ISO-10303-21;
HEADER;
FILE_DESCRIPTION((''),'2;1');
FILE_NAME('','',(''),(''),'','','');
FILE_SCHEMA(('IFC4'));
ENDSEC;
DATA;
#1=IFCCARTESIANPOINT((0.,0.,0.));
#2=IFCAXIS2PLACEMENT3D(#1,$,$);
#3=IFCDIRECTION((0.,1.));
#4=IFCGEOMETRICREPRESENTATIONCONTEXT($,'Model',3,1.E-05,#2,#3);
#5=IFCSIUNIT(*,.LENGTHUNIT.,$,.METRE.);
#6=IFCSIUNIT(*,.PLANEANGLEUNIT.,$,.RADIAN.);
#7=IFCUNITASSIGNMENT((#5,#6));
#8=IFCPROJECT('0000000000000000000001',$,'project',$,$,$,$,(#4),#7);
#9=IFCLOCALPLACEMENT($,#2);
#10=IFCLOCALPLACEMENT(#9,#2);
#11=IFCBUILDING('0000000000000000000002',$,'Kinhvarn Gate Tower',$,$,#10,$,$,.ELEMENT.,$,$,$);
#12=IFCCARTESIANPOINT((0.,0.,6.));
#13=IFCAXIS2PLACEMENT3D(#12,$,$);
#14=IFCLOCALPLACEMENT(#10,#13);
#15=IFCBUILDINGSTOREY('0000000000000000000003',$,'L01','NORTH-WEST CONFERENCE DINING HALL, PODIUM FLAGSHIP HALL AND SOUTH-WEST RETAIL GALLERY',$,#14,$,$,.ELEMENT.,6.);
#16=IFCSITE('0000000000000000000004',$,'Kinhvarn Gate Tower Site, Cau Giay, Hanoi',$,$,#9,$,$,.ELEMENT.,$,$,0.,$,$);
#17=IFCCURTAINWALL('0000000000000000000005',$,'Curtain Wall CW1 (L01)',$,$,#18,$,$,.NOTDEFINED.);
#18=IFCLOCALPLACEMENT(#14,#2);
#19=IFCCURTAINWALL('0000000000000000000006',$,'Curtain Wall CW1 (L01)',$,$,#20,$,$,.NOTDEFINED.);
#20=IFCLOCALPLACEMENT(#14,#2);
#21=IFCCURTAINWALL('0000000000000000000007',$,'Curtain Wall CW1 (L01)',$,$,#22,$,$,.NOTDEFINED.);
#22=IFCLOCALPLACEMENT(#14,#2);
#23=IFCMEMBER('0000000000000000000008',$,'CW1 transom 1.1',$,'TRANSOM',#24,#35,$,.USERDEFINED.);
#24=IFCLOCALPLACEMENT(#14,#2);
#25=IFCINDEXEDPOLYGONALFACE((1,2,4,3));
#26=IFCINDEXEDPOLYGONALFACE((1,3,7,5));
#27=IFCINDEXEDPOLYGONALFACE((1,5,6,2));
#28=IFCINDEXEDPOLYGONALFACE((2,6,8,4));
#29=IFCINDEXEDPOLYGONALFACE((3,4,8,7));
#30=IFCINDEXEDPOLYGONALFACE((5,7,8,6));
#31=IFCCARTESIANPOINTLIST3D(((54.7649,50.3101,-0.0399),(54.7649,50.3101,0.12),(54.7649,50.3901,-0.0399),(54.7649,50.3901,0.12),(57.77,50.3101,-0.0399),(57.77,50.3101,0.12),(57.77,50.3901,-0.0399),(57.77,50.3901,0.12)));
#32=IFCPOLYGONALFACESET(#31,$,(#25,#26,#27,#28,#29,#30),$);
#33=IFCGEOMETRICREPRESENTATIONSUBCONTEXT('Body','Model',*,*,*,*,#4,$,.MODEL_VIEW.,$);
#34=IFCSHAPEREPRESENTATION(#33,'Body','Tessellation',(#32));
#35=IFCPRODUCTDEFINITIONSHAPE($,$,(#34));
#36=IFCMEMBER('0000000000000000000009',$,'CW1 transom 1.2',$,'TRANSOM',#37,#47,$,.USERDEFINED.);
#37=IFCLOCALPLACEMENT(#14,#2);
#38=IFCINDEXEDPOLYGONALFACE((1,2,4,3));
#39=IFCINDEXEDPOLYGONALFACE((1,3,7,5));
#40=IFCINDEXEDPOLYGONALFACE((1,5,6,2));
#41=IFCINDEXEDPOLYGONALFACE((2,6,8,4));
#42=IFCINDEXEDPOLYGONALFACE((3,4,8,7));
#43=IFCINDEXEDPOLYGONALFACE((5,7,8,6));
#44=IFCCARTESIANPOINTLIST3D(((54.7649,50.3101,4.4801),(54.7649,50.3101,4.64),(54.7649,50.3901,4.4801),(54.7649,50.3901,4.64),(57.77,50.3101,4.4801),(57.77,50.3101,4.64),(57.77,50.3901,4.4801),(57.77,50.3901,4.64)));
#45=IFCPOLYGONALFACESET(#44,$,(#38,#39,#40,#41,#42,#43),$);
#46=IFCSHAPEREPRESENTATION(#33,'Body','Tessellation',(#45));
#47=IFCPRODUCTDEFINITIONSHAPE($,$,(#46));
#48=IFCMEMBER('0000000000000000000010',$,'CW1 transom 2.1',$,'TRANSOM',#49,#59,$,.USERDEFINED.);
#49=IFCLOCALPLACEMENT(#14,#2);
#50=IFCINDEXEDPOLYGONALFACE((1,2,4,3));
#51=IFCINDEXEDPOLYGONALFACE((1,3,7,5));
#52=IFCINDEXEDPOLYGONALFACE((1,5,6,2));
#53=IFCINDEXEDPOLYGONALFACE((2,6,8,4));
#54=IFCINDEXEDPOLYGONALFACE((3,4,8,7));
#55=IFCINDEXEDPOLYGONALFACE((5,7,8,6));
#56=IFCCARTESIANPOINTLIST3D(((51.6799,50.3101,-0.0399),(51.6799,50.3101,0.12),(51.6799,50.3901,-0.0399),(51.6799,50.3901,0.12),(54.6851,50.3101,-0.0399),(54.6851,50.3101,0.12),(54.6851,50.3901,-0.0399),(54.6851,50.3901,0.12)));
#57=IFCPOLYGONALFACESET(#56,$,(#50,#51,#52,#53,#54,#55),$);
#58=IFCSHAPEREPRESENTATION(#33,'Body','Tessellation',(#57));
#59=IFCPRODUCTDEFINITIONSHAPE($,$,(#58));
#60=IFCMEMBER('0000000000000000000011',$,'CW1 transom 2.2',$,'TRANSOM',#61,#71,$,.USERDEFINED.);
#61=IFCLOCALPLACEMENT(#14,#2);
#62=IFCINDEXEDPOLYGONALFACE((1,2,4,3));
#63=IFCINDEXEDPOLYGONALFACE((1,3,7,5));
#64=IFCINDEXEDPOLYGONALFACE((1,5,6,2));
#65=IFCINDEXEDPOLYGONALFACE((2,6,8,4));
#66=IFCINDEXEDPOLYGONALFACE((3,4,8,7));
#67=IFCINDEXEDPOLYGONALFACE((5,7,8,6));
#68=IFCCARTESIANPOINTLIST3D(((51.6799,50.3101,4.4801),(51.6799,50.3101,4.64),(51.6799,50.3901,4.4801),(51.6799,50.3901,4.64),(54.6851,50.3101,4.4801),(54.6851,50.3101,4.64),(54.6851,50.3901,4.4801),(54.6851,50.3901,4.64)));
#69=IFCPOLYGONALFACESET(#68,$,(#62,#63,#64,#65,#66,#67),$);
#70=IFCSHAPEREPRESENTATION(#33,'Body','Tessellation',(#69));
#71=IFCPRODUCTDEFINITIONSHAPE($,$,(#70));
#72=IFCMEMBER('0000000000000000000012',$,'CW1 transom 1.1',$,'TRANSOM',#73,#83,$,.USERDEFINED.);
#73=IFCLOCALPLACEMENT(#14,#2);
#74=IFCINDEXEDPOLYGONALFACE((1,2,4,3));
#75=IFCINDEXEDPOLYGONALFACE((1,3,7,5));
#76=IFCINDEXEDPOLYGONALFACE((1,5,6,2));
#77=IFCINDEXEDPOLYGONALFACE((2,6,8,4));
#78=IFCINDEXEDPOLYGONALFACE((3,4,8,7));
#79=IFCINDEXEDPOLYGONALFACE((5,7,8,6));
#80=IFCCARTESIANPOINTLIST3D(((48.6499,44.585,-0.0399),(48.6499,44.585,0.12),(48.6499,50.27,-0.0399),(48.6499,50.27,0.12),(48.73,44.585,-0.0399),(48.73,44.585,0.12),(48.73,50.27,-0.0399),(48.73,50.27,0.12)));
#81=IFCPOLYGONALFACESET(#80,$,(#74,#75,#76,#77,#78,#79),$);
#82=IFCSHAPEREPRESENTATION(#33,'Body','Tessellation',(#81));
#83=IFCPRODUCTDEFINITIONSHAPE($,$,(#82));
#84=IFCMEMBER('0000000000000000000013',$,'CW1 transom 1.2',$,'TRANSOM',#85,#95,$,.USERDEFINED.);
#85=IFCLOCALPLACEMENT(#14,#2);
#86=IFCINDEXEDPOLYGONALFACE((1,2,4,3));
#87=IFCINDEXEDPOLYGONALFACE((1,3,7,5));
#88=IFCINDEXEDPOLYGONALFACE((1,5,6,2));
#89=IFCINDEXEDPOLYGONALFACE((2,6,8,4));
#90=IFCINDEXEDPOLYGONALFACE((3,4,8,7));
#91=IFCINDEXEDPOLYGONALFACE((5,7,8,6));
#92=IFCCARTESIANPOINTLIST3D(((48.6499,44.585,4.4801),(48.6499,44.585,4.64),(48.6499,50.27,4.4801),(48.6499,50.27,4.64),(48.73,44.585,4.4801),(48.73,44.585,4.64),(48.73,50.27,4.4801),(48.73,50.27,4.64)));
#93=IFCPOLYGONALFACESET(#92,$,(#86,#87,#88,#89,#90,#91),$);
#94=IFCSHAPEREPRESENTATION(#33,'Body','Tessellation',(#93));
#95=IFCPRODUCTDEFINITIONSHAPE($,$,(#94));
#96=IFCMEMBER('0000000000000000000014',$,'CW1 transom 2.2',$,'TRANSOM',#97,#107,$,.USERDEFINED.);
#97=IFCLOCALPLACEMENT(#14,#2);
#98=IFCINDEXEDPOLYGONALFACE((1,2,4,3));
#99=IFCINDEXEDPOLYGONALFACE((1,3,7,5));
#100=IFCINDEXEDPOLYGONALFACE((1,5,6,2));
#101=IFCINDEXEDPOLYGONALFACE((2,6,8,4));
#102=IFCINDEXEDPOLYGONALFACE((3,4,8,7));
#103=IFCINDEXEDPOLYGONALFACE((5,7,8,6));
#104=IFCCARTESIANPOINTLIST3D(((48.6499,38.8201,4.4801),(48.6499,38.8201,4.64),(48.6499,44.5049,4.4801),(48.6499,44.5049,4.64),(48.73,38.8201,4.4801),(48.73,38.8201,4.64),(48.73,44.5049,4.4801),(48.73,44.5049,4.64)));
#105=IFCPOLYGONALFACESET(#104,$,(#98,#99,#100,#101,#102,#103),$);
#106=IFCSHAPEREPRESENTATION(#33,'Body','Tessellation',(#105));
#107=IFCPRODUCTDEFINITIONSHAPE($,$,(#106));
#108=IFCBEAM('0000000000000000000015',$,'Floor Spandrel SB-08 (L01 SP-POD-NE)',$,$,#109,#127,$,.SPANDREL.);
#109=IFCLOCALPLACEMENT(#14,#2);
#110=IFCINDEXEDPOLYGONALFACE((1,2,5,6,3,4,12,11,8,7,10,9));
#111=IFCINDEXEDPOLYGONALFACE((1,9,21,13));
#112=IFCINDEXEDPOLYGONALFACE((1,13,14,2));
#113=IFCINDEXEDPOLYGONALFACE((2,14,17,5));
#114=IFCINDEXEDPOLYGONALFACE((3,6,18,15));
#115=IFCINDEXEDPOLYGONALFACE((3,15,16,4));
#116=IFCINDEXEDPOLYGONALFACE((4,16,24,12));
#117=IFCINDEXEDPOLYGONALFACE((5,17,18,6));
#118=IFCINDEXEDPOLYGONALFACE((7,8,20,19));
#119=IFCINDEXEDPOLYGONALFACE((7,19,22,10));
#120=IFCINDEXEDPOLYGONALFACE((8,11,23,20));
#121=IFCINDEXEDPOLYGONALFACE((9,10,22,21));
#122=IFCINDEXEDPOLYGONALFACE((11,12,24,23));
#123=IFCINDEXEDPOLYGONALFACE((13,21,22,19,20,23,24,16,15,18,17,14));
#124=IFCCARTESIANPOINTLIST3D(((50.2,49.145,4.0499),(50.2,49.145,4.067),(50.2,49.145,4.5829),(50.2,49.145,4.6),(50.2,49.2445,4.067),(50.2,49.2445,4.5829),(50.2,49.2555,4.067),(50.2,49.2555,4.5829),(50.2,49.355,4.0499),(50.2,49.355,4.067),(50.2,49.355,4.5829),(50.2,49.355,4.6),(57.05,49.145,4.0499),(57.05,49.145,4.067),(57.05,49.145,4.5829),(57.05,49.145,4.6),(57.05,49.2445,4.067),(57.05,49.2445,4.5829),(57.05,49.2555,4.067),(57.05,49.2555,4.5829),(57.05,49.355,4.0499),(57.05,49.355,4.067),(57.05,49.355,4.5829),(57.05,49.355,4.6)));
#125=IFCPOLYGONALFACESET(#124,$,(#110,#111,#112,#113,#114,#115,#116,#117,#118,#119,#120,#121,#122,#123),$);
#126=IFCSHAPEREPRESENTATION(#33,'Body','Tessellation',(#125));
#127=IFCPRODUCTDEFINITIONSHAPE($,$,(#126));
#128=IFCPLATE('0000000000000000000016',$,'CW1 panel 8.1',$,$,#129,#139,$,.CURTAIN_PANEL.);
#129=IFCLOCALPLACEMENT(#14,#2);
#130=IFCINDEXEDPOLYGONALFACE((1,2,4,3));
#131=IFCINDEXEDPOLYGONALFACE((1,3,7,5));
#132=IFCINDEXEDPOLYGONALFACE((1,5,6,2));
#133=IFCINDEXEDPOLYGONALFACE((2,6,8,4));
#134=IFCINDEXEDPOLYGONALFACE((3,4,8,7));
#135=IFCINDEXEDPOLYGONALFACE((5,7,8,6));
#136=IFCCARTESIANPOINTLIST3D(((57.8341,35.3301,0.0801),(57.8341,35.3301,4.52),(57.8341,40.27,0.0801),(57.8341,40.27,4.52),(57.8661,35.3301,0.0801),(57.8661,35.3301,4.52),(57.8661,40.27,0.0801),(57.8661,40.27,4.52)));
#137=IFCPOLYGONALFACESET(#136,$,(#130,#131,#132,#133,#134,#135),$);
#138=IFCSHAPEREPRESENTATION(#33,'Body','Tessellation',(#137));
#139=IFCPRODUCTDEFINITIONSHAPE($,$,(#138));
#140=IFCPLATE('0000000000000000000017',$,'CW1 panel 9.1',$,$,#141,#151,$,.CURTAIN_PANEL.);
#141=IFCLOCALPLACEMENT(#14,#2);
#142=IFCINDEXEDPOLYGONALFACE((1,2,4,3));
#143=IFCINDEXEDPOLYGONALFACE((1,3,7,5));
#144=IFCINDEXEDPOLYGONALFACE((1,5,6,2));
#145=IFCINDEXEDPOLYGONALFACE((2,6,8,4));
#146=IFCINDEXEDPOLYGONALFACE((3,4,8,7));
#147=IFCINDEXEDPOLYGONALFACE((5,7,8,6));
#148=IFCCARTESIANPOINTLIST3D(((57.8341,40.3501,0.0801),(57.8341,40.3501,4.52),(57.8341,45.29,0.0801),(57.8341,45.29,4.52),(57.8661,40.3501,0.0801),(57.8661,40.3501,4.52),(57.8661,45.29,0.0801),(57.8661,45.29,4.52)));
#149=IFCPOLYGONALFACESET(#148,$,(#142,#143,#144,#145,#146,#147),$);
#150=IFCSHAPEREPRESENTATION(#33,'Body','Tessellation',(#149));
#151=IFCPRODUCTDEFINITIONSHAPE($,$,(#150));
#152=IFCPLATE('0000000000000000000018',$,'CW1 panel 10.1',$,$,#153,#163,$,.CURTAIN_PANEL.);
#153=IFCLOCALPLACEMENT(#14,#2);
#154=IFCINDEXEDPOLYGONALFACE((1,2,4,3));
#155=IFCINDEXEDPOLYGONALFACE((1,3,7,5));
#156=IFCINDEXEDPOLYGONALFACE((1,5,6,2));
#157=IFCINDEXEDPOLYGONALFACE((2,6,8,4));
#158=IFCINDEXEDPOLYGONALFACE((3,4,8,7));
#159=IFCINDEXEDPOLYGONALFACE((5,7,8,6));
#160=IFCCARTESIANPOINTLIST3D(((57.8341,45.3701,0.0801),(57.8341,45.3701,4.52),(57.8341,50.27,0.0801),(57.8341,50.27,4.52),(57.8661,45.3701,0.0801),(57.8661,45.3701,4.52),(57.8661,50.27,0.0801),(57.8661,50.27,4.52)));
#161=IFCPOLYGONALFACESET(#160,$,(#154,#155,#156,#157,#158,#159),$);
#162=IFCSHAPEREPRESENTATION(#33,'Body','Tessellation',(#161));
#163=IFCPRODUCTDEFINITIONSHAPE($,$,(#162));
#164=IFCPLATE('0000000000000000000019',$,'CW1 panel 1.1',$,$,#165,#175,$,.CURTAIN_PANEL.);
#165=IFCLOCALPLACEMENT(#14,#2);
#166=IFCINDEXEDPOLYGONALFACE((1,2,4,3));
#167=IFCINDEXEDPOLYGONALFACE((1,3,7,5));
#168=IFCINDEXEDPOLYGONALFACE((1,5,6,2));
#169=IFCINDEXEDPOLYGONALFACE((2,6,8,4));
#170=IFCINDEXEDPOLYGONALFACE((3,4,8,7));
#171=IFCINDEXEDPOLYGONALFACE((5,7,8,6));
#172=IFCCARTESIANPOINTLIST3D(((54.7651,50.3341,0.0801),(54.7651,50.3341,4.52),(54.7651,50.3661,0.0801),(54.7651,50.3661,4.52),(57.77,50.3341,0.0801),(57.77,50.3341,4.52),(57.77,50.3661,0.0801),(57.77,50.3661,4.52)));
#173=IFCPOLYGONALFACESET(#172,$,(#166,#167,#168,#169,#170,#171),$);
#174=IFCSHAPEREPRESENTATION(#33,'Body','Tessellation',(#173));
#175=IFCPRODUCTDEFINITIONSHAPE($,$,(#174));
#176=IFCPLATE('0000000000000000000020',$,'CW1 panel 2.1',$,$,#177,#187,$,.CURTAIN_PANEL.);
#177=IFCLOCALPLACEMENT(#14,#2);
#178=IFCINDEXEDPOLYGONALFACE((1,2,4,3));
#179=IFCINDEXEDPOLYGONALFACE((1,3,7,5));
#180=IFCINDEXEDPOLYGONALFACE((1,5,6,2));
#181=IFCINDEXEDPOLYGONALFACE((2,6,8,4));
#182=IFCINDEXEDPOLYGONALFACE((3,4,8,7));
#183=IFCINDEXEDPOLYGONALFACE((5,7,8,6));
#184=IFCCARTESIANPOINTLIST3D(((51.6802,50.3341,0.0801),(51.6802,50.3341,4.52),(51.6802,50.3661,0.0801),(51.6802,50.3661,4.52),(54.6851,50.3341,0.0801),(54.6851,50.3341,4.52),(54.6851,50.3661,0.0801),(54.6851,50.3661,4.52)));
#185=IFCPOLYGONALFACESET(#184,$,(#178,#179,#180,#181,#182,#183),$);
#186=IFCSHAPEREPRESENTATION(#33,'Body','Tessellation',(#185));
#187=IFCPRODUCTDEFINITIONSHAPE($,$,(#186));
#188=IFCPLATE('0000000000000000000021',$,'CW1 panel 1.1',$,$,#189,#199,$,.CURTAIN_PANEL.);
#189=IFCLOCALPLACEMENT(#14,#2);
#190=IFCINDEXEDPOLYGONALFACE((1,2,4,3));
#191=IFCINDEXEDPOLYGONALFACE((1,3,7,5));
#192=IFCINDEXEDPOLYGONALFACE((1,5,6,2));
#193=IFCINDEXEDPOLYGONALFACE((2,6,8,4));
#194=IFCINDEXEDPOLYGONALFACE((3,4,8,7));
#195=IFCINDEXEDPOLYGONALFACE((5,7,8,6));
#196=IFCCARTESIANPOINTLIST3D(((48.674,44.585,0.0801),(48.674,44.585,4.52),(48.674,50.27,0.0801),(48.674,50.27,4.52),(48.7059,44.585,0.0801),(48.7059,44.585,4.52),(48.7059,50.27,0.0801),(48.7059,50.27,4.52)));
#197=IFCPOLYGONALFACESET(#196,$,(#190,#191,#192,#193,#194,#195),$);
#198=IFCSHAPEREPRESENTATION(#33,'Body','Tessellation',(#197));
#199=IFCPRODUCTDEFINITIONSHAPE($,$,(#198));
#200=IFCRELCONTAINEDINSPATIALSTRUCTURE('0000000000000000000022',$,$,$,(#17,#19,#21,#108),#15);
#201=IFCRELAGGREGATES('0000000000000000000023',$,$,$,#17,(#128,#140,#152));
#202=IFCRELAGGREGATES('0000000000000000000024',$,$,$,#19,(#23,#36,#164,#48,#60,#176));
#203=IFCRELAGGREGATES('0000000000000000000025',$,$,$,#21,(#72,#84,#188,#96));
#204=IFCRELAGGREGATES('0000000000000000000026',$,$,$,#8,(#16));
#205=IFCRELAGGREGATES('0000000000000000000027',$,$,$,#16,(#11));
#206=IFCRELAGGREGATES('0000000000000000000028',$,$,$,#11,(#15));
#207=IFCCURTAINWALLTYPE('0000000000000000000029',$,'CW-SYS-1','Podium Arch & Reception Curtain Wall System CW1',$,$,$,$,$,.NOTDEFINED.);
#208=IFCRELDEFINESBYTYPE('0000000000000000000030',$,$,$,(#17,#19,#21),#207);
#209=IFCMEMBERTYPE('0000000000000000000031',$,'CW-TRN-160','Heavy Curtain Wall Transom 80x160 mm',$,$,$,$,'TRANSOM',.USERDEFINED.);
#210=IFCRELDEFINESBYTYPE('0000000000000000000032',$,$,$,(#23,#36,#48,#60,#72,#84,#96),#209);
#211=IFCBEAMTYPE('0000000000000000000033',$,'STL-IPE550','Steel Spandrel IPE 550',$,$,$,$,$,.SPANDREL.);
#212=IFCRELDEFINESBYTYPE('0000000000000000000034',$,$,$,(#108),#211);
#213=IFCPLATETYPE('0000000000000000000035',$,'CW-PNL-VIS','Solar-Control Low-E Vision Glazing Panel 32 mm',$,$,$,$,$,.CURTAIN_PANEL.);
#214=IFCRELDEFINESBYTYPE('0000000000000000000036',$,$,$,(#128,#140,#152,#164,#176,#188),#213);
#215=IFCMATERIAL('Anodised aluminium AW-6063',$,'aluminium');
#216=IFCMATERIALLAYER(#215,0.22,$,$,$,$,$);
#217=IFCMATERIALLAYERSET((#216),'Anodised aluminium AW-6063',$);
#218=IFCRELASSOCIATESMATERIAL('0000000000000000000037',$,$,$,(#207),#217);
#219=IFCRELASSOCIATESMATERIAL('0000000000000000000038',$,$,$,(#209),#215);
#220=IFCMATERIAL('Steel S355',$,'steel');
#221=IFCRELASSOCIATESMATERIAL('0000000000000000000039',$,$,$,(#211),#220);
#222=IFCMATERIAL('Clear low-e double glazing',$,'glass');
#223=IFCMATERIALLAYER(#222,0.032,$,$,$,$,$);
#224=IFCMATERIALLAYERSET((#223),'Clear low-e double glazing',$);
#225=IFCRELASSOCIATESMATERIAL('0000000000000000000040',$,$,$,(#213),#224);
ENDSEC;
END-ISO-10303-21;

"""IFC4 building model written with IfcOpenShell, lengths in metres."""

from ifc_helpers import new_model, si_unit, direction, frame, origin, origin_2d, place, context, subcontext, project, spatial, rectangle, i_section, extrude, material, layer, layer_set, material_profile, profile_set, type_object, element, aggregate, save


model = new_model("IFC4")

# Units and contexts
model_context = context("Model", 3, precision=1e-05, world=origin(), true_north=direction((0.0, 1.0)))
body_context = subcontext(model_context, "Body", "Model", "MODEL_VIEW")
ifc_project = project(units=[si_unit("LENGTHUNIT", "METRE"), si_unit("PLANEANGLEUNIT", "RADIAN")], contexts=[model_context])

# Site, building, storey
site_placement = place(None, origin())
site = spatial("IfcSite", under=ifc_project, at=site_placement, Name="Kinhvarn Gate Tower Site, Cau Giay, Hanoi", CompositionType="ELEMENT", RefElevation=0.0)
building_placement = place(site_placement, origin())
building = spatial("IfcBuilding", under=site, at=building_placement, Name="Kinhvarn Gate Tower", CompositionType="ELEMENT")
storey_placement = place(building_placement, frame((0.0, 0.0, 6.0)))
storey = spatial("IfcBuildingStorey", under=building, at=storey_placement, Name="L01", Description="NORTH-WEST CONFERENCE DINING HALL, PODIUM FLAGSHIP HALL AND SOUTH-WEST RETAIL GALLERY", CompositionType="ELEMENT", Elevation=6.0)

# Curtain walls
ifc_material_1 = material(Name="Anodised aluminium AW-6063", Category="aluminium")
ifc_layer_1 = layer(ifc_material_1, 0.22)
ifc_layer_set_1 = layer_set([ifc_layer_1], Name="Anodised aluminium AW-6063")
curtain_wall_type = type_object("IfcCurtainWallType", Name="CW-SYS-1", Description="Podium Arch & Reception Curtain Wall System CW1", PredefinedType="NOTDEFINED", material=ifc_layer_set_1)
curtain_wall_1_placement = place(storey_placement, origin())
curtain_wall_1 = element("IfcCurtainWall", 1, at=curtain_wall_1_placement, inside=storey, type_object=curtain_wall_type, Name="Curtain Wall CW1 (L01)", PredefinedType="NOTDEFINED")
curtain_wall_2_placement = place(storey_placement, origin())
curtain_wall_2 = element("IfcCurtainWall", 2, at=curtain_wall_2_placement, inside=storey, type_object=curtain_wall_type, Name="Curtain Wall CW1 (L01)", PredefinedType="NOTDEFINED")
curtain_wall_3_placement = place(storey_placement, origin())
curtain_wall_3 = element("IfcCurtainWall", 3, at=curtain_wall_3_placement, inside=storey, type_object=curtain_wall_type, Name="Curtain Wall CW1 (L01)", PredefinedType="NOTDEFINED")

# Members
ifc_material_profile_1 = material_profile(ifc_material_1, rectangle(XDim=0.0801, YDim=0.1599, at=origin_2d()), Name="ALU 80x160")
ifc_profile_set_1 = profile_set([ifc_material_profile_1], Name="Anodised aluminium AW-6063")
member_type_1 = type_object("IfcMemberType", Name="CW-TRN-160", Description="Heavy Curtain Wall Transom 80x160 mm", ElementType="TRANSOM", PredefinedType="USERDEFINED", material=ifc_profile_set_1)
member_1_placement = place(storey_placement, frame((57.77, 50.3501, 0.04), z_axis=(-1.0, 0.0, 0.0), x_axis=(0.0, -1.0, 0.0)))
member_1 = element("IfcMember", 4, at=member_1_placement, type_object=member_type_1, Name="CW1 transom 1.1", ObjectType="TRANSOM", PredefinedType="USERDEFINED", context=body_context, shape_type="SweptSolid", body=[
    extrude(rectangle(XDim=0.0801, YDim=0.1599, at=origin_2d()), origin(), (0.0, 0.0, 1.0), 3.0051),
])
member_2_placement = place(storey_placement, frame((57.77, 50.3501, 4.5601), z_axis=(-1.0, 0.0, 0.0), x_axis=(0.0, -1.0, 0.0)))
member_2 = element("IfcMember", 5, at=member_2_placement, type_object=member_type_1, Name="CW1 transom 1.2", ObjectType="TRANSOM", PredefinedType="USERDEFINED", context=body_context, shape_type="SweptSolid", body=[
    extrude(rectangle(XDim=0.0801, YDim=0.1599, at=origin_2d()), origin(), (0.0, 0.0, 1.0), 3.0051),
])
member_3_placement = place(storey_placement, frame((54.6851, 50.3501, 0.04), z_axis=(-1.0, 0.0, 0.0), x_axis=(0.0, -1.0, 0.0)))
member_3 = element("IfcMember", 6, at=member_3_placement, type_object=member_type_1, Name="CW1 transom 2.1", ObjectType="TRANSOM", PredefinedType="USERDEFINED", context=body_context, shape_type="SweptSolid", body=[
    extrude(rectangle(XDim=0.0801, YDim=0.1599, at=origin_2d()), origin(), (0.0, 0.0, 1.0), 3.0051),
])
member_4_placement = place(storey_placement, frame((54.6851, 50.3501, 4.5601), z_axis=(-1.0, 0.0, 0.0), x_axis=(0.0, -1.0, 0.0)))
member_4 = element("IfcMember", 7, at=member_4_placement, type_object=member_type_1, Name="CW1 transom 2.2", ObjectType="TRANSOM", PredefinedType="USERDEFINED", context=body_context, shape_type="SweptSolid", body=[
    extrude(rectangle(XDim=0.0801, YDim=0.1599, at=origin_2d()), origin(), (0.0, 0.0, 1.0), 3.0051),
])
member_5_placement = place(storey_placement, frame((48.6899, 50.27, 0.04), z_axis=(0.0, -1.0, 0.0), x_axis=(1.0, 0.0, 0.0)))
member_5 = element("IfcMember", 8, at=member_5_placement, type_object=member_type_1, Name="CW1 transom 1.1", ObjectType="TRANSOM", PredefinedType="USERDEFINED", context=body_context, shape_type="SweptSolid", body=[
    extrude(rectangle(XDim=0.0801, YDim=0.1599, at=origin_2d()), origin(), (0.0, 0.0, 1.0), 5.6851),
])
member_6_placement = place(storey_placement, frame((48.6899, 50.27, 4.5601), z_axis=(0.0, -1.0, 0.0), x_axis=(1.0, 0.0, 0.0)))
member_6 = element("IfcMember", 9, at=member_6_placement, type_object=member_type_1, Name="CW1 transom 1.2", ObjectType="TRANSOM", PredefinedType="USERDEFINED", context=body_context, shape_type="SweptSolid", body=[
    extrude(rectangle(XDim=0.0801, YDim=0.1599, at=origin_2d()), origin(), (0.0, 0.0, 1.0), 5.6851),
])
member_7_placement = place(storey_placement, frame((48.6899, 44.5049, 4.5601), z_axis=(0.0, -1.0, 0.0), x_axis=(1.0, 0.0, 0.0)))
member_7 = element("IfcMember", 10, at=member_7_placement, type_object=member_type_1, Name="CW1 transom 2.2", ObjectType="TRANSOM", PredefinedType="USERDEFINED", context=body_context, shape_type="SweptSolid", body=[
    extrude(rectangle(XDim=0.0801, YDim=0.1599, at=origin_2d()), origin(), (0.0, 0.0, 1.0), 5.6848),
])

# Beam
ifc_material_2 = material(Name="Steel S355", Category="steel")
ifc_material_profile_2 = material_profile(ifc_material_2, i_section(OverallWidth=0.21, OverallDepth=0.55, WebThickness=0.011, FlangeThickness=0.0171, at=origin_2d()), Name="IPE 550")
ifc_profile_set_2 = profile_set([ifc_material_profile_2], Name="Steel S355")
beam_type = type_object("IfcBeamType", Name="STL-IPE550", Description="Steel Spandrel IPE 550", PredefinedType="SPANDREL", material=ifc_profile_set_2)
beam_placement = place(storey_placement, frame((50.2, 49.25, 4.325), z_axis=(1.0, 0.0, 0.0), x_axis=(0.0, 1.0, 0.0)))
element("IfcBeam", 11, at=beam_placement, inside=storey, type_object=beam_type, Name="Floor Spandrel SB-08 (L01 SP-POD-NE)", PredefinedType="SPANDREL", context=body_context, shape_type="SweptSolid", body=[
    extrude(i_section(OverallWidth=0.21, OverallDepth=0.55, WebThickness=0.011, FlangeThickness=0.0171, at=origin_2d()), origin(), (0.0, 0.0, 1.0), 6.8501),
])

# Plates
ifc_material_3 = material(Name="Clear low-e double glazing", Category="glass")
ifc_layer_2 = layer(ifc_material_3, 0.032)
ifc_layer_set_2 = layer_set([ifc_layer_2], Name="Clear low-e double glazing")
plate_type = type_object("IfcPlateType", Name="CW-PNL-VIS", Description="Solar-Control Low-E Vision Glazing Panel 32 mm", PredefinedType="CURTAIN_PANEL", material=ifc_layer_set_2)
plate_1_placement = place(storey_placement, frame((57.8501, 37.8, 0.0801), z_axis=(0.0, 0.0, 1.0), x_axis=(0.0, 1.0, 0.0)))
plate_1 = element("IfcPlate", 12, at=plate_1_placement, type_object=plate_type, Name="CW1 panel 8.1", PredefinedType="CURTAIN_PANEL", context=body_context, shape_type="SweptSolid", body=[
    extrude(rectangle(XDim=4.9399, YDim=0.032, at=origin_2d()), origin(), (0.0, 0.0, 1.0), 4.4399),
])
plate_2_placement = place(storey_placement, frame((57.8501, 42.8201, 0.0801), z_axis=(0.0, 0.0, 1.0), x_axis=(0.0, 1.0, 0.0)))
plate_2 = element("IfcPlate", 13, at=plate_2_placement, type_object=plate_type, Name="CW1 panel 9.1", PredefinedType="CURTAIN_PANEL", context=body_context, shape_type="SweptSolid", body=[
    extrude(rectangle(XDim=4.9399, YDim=0.032, at=origin_2d()), origin(), (0.0, 0.0, 1.0), 4.4399),
])
plate_3_placement = place(storey_placement, frame((57.8501, 47.8201, 0.0801), z_axis=(0.0, 0.0, 1.0), x_axis=(0.0, 1.0, 0.0)))
plate_3 = element("IfcPlate", 14, at=plate_3_placement, type_object=plate_type, Name="CW1 panel 10.1", PredefinedType="CURTAIN_PANEL", context=body_context, shape_type="SweptSolid", body=[
    extrude(rectangle(XDim=4.8999, YDim=0.032, at=origin_2d()), origin(), (0.0, 0.0, 1.0), 4.4399),
])
aggregate(curtain_wall_1, [plate_1, plate_2, plate_3])
plate_4_placement = place(storey_placement, frame((56.2676, 50.3501, 0.0801), z_axis=(0.0, 0.0, 1.0), x_axis=(-1.0, 0.0, 0.0)))
plate_4 = element("IfcPlate", 15, at=plate_4_placement, type_object=plate_type, Name="CW1 panel 1.1", PredefinedType="CURTAIN_PANEL", context=body_context, shape_type="SweptSolid", body=[
    extrude(rectangle(XDim=3.0049, YDim=0.032, at=origin_2d()), origin(), (0.0, 0.0, 1.0), 4.4399),
])
plate_5_placement = place(storey_placement, frame((53.1826, 50.3501, 0.0801), z_axis=(0.0, 0.0, 1.0), x_axis=(-1.0, 0.0, 0.0)))
plate_5 = element("IfcPlate", 16, at=plate_5_placement, type_object=plate_type, Name="CW1 panel 2.1", PredefinedType="CURTAIN_PANEL", context=body_context, shape_type="SweptSolid", body=[
    extrude(rectangle(XDim=3.0049, YDim=0.032, at=origin_2d()), origin(), (0.0, 0.0, 1.0), 4.4399),
])
aggregate(curtain_wall_2, [member_1, member_2, plate_4, member_3, member_4, plate_5])
plate_6_placement = place(storey_placement, frame((48.6899, 47.4275, 0.0801), z_axis=(0.0, 0.0, 1.0), x_axis=(0.0, -1.0, 0.0)))
plate_6 = element("IfcPlate", 17, at=plate_6_placement, type_object=plate_type, Name="CW1 panel 1.1", PredefinedType="CURTAIN_PANEL", context=body_context, shape_type="SweptSolid", body=[
    extrude(rectangle(XDim=5.6851, YDim=0.032, at=origin_2d()), origin(), (0.0, 0.0, 1.0), 4.4399),
])
aggregate(curtain_wall_3, [member_5, member_6, plate_6, member_7])

save(model, "model.ifc")
